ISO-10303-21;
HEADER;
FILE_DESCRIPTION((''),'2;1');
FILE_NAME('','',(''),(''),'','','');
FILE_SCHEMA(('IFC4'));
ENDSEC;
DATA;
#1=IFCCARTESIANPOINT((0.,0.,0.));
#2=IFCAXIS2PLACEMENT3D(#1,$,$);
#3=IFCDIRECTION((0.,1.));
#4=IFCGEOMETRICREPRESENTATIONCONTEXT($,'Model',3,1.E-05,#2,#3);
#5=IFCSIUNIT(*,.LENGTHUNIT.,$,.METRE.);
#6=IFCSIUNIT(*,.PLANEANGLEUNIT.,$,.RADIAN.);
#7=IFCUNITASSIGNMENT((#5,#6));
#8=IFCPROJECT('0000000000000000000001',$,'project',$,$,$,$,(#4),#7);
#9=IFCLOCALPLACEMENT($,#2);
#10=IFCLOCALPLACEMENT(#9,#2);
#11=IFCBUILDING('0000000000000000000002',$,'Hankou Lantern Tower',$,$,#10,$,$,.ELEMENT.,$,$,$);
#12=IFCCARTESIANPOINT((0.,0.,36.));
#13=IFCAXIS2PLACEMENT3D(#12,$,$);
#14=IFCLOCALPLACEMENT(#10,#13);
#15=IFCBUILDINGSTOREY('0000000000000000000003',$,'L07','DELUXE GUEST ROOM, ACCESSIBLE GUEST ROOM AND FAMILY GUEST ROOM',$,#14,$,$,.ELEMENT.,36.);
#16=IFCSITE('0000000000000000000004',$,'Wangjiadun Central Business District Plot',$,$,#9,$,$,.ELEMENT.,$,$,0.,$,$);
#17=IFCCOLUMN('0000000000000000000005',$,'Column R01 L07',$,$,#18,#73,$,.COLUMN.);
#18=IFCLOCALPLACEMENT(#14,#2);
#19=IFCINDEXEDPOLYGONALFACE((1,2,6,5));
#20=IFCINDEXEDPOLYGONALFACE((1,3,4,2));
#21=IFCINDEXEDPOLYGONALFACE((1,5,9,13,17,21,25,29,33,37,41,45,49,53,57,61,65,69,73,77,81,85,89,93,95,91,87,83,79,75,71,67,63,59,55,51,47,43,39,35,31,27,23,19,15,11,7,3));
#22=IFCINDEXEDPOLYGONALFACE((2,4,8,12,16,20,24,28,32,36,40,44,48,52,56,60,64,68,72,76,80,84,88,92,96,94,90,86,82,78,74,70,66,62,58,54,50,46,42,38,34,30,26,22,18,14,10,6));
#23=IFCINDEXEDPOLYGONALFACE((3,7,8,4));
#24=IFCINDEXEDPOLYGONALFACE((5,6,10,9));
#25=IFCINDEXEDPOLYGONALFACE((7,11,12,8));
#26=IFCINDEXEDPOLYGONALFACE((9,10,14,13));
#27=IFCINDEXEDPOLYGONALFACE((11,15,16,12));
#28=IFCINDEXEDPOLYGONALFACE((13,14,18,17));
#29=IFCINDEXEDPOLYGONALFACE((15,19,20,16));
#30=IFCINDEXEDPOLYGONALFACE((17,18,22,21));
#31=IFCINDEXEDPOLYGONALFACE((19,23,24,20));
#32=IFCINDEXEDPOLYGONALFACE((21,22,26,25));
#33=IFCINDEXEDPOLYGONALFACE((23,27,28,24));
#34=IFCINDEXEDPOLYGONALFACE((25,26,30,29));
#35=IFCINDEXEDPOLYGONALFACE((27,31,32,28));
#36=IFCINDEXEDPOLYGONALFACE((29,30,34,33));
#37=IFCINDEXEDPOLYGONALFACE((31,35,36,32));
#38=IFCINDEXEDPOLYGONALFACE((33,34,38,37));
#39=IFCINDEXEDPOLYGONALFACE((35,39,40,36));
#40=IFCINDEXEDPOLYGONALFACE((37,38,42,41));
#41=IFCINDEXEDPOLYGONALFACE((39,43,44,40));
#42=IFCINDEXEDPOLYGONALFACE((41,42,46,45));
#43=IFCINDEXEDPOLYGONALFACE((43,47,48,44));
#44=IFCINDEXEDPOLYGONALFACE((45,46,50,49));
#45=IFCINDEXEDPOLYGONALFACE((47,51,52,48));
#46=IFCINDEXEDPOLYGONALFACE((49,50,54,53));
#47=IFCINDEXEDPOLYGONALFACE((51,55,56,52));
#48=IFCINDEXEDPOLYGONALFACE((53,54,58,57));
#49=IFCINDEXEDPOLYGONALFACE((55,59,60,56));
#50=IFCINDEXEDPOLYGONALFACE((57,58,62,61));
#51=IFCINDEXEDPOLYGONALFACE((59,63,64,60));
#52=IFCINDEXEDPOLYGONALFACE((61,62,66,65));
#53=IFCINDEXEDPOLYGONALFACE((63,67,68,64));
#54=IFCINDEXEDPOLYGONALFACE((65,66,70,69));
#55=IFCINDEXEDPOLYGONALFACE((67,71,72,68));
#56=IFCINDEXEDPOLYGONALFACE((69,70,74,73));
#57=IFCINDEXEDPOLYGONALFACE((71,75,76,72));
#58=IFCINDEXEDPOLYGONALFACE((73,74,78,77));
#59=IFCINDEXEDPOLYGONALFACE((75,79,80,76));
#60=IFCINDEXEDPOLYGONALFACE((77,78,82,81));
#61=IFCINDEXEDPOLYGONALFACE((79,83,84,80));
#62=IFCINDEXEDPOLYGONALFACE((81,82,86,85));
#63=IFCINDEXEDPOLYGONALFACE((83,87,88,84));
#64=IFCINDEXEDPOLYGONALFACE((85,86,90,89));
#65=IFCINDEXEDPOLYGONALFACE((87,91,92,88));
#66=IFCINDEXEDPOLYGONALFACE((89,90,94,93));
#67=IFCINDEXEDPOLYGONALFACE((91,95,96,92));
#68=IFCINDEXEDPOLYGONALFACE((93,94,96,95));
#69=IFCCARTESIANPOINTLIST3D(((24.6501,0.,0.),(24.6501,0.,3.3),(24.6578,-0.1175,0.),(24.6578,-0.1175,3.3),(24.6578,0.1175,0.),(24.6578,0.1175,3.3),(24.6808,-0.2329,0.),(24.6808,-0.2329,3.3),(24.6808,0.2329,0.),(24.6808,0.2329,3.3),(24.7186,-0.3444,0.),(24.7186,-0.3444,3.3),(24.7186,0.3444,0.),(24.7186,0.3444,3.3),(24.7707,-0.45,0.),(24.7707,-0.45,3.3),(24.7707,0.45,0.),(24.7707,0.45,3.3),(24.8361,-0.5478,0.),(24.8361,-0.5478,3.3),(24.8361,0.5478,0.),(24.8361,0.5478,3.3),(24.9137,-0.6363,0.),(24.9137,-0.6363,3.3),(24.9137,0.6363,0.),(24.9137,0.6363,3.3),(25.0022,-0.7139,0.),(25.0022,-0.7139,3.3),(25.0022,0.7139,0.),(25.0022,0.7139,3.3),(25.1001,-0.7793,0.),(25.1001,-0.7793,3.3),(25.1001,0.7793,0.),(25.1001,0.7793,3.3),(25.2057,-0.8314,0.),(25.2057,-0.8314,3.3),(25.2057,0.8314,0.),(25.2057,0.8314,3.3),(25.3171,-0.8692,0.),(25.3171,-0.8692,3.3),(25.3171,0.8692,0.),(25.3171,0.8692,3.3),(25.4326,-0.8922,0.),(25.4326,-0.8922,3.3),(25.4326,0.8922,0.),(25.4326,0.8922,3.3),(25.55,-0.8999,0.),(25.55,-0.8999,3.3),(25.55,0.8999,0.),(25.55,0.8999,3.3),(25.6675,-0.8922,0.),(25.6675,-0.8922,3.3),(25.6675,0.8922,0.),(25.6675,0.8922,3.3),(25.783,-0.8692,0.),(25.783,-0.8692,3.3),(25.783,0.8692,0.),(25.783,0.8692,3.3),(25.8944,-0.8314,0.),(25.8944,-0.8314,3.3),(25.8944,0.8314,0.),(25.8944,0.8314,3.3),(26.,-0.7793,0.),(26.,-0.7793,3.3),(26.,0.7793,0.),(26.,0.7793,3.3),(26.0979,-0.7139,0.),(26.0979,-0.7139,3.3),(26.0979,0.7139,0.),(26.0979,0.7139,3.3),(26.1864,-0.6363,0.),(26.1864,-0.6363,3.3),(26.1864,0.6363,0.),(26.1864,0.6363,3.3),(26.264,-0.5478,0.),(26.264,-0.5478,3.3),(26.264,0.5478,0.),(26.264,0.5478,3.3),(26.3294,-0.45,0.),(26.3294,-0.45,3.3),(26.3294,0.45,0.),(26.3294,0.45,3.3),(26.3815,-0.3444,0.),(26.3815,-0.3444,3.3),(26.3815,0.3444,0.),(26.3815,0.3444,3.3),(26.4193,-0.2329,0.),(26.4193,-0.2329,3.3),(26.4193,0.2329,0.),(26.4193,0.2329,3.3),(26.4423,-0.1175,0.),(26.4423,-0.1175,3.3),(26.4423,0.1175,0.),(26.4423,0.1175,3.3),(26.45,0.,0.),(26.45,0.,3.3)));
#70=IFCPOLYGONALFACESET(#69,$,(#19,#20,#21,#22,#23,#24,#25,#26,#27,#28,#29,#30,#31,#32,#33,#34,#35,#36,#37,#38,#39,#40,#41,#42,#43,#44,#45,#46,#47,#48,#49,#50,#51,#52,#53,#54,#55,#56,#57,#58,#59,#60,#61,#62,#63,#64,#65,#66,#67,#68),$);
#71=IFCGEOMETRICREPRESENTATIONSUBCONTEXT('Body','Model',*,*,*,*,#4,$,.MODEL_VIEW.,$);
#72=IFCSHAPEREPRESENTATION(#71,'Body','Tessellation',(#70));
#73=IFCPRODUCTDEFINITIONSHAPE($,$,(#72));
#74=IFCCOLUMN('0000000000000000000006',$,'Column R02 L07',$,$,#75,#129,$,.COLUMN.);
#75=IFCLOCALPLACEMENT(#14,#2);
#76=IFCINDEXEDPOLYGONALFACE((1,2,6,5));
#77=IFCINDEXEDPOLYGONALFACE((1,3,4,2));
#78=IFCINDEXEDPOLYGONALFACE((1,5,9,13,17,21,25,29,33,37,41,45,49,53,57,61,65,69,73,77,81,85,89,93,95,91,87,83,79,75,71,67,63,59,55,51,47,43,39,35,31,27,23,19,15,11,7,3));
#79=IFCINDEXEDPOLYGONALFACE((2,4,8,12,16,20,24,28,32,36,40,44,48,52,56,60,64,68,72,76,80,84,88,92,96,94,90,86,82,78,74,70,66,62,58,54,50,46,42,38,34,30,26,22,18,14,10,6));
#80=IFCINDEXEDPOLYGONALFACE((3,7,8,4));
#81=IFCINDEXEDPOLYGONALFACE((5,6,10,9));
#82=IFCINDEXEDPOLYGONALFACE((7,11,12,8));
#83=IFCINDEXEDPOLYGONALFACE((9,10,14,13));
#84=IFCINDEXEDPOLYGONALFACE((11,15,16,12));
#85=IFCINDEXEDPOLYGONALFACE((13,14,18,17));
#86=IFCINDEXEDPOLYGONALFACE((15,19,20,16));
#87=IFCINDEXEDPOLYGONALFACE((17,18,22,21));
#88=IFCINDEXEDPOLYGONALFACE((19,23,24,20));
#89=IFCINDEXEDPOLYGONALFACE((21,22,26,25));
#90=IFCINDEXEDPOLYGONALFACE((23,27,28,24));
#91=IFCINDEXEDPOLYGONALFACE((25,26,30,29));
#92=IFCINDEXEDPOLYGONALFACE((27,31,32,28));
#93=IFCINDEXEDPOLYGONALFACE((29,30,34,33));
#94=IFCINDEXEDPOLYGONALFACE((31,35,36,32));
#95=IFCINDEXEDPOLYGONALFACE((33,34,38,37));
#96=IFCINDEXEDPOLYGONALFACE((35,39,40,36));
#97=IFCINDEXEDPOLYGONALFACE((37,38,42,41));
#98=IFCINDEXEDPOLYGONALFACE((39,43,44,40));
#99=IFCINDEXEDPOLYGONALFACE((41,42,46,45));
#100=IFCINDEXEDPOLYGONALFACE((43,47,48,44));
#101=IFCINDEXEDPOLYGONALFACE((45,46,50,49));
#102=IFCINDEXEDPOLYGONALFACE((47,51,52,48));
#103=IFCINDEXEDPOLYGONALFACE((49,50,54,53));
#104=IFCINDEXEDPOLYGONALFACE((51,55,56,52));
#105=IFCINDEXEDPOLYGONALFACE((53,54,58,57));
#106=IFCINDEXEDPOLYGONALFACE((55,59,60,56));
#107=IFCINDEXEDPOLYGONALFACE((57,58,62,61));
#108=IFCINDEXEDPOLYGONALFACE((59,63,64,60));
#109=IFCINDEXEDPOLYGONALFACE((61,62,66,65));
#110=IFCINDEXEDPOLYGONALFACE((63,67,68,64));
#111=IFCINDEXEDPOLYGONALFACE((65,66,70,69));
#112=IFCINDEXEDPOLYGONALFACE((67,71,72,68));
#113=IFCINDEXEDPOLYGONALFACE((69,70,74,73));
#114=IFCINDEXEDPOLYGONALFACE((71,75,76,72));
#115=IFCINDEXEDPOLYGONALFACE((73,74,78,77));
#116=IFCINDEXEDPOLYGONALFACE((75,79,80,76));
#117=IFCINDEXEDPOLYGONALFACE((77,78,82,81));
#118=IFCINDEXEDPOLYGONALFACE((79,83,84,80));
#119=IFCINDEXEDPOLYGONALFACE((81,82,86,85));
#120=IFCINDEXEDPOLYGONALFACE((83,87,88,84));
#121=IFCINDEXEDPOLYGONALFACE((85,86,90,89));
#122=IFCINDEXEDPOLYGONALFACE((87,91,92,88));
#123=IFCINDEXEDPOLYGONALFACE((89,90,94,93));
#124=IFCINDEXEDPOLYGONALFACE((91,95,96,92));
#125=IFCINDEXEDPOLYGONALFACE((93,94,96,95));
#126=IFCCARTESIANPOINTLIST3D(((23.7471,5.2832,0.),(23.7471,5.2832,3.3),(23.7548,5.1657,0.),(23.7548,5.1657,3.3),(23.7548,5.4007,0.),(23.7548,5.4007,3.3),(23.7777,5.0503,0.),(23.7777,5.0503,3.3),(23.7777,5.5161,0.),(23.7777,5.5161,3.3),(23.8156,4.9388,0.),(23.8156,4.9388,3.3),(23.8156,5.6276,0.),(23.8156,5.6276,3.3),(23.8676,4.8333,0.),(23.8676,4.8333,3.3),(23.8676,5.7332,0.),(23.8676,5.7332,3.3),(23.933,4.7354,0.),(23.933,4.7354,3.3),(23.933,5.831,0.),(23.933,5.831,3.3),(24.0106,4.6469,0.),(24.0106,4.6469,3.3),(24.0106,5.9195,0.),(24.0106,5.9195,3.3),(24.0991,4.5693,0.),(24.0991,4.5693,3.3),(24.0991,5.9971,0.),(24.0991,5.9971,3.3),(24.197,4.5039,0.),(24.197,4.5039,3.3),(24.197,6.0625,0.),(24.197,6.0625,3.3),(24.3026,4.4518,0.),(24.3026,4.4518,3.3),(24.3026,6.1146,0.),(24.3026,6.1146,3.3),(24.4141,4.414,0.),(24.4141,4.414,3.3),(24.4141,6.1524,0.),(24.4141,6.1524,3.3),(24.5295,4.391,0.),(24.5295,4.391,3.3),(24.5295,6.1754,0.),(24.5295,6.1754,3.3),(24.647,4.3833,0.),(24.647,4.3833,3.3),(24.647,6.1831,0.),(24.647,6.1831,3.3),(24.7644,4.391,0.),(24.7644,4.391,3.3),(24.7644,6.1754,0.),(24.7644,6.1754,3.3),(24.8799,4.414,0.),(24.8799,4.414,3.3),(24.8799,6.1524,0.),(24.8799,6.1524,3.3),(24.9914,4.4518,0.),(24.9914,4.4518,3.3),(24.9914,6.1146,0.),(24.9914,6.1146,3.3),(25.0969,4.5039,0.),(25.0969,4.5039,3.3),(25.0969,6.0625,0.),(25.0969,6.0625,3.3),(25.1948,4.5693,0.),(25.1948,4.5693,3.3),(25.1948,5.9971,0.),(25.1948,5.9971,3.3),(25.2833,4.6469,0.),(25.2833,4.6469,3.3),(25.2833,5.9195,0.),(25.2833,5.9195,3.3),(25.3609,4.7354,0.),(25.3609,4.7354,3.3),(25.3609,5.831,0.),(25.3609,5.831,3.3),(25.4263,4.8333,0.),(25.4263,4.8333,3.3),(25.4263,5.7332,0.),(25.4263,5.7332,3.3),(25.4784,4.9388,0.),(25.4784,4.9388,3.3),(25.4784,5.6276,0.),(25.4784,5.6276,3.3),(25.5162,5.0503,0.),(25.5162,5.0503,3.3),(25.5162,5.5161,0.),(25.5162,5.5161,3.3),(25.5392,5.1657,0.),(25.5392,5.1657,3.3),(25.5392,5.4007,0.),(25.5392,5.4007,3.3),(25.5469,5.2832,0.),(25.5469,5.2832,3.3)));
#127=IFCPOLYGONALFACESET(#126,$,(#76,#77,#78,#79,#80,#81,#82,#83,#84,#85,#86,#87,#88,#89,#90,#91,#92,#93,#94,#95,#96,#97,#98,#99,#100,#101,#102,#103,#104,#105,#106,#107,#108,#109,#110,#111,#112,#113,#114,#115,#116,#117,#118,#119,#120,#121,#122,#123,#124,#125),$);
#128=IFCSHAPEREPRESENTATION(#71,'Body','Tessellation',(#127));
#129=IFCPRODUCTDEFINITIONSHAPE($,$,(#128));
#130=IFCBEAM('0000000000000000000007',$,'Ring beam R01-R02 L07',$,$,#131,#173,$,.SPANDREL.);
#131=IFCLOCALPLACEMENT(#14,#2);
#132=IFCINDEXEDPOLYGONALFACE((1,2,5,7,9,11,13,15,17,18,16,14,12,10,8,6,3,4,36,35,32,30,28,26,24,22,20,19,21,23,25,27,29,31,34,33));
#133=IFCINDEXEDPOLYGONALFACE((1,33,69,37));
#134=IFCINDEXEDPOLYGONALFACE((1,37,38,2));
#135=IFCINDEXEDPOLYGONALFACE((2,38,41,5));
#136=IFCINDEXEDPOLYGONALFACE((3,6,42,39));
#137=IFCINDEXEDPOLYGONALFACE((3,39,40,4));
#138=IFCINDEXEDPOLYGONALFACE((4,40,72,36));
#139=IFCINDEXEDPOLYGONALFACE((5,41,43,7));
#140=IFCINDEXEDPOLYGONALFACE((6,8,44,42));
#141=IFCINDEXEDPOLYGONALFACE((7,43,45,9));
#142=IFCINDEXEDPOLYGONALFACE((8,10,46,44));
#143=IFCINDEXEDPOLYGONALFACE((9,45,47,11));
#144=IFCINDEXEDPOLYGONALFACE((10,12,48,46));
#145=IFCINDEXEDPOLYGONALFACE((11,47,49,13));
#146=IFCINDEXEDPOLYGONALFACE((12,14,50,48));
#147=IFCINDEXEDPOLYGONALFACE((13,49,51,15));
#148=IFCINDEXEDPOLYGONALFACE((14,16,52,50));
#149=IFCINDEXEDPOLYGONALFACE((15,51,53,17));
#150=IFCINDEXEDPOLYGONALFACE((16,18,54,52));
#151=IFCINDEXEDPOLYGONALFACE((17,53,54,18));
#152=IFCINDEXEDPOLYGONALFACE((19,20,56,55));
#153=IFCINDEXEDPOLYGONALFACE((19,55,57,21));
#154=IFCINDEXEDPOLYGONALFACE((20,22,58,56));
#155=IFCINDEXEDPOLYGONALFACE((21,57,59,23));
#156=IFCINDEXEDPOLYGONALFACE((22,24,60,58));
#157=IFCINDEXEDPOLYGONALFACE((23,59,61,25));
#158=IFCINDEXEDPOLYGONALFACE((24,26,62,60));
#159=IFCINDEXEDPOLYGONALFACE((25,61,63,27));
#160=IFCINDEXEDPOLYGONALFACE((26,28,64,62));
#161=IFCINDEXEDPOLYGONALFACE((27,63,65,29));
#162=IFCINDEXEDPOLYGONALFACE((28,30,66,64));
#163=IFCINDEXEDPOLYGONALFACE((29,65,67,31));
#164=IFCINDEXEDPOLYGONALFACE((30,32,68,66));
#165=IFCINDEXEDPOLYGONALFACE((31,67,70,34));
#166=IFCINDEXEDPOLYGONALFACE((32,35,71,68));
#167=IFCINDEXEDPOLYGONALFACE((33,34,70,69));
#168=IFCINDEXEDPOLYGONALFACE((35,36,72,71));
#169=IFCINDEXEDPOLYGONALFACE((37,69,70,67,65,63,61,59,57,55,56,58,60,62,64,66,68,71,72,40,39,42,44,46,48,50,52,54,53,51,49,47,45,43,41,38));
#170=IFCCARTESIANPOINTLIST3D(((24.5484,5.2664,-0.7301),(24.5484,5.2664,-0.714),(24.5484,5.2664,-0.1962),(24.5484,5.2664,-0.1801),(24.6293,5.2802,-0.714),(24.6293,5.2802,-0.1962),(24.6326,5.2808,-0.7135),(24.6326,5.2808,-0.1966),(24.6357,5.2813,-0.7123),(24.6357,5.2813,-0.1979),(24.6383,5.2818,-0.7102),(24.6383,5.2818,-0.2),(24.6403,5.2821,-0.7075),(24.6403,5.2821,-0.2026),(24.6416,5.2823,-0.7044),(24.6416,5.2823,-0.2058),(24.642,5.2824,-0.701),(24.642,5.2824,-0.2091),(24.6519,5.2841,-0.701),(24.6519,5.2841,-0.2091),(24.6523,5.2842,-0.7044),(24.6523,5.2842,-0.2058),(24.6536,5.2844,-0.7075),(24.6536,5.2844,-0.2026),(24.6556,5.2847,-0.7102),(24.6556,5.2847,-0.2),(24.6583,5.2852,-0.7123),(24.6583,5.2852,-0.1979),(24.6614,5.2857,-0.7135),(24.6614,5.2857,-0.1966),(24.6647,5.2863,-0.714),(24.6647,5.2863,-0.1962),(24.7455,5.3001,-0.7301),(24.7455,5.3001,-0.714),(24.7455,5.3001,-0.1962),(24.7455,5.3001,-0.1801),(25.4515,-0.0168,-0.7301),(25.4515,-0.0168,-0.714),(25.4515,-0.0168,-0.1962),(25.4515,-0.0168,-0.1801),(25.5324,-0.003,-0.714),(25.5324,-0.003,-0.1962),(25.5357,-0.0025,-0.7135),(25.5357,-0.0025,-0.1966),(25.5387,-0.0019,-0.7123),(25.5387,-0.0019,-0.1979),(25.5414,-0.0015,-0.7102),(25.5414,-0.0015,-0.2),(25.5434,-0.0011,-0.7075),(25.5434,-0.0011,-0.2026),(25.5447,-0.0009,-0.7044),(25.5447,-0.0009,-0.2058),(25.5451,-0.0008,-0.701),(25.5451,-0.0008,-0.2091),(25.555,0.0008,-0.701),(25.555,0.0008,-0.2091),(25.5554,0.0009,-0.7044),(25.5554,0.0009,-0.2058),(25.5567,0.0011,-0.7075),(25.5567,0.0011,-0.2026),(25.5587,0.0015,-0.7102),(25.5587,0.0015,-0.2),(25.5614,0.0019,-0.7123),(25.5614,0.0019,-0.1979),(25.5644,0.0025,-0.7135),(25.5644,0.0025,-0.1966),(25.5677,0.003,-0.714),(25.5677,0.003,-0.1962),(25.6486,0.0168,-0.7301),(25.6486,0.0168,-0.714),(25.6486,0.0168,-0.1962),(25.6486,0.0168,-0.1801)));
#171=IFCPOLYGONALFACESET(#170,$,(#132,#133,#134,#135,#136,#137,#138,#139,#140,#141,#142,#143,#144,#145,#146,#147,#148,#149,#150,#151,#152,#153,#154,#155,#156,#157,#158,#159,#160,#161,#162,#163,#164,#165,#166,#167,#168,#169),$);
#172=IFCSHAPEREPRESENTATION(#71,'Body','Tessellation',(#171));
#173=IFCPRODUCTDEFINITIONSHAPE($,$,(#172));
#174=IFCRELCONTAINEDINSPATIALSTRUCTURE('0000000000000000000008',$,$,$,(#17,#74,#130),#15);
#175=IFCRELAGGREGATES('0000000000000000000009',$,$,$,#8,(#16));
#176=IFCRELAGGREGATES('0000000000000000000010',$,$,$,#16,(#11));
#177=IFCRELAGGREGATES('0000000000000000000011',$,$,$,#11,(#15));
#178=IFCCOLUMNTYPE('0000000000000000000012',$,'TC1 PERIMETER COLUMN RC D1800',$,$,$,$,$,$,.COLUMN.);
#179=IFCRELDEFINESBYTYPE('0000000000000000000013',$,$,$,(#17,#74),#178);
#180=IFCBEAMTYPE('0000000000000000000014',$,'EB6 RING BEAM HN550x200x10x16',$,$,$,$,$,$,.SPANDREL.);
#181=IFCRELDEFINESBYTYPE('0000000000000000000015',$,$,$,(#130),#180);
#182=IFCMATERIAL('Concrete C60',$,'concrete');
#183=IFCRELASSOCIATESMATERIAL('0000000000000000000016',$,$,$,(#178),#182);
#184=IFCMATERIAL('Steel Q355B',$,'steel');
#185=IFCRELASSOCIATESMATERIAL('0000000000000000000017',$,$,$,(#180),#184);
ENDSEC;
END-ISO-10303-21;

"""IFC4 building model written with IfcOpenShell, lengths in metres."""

from ifc_helpers import new_model, si_unit, direction, frame, origin, origin_2d, place, context, subcontext, project, spatial, circle, i_section, extrude, material, material_profile, profile_set, type_object, element, save


model = new_model("IFC4")

# Units and contexts
model_context = context("Model", 3, precision=1e-05, world=origin(), true_north=direction((0.0, 1.0)))
body_context = subcontext(model_context, "Body", "Model", "MODEL_VIEW")
ifc_project = project(units=[si_unit("LENGTHUNIT", "METRE"), si_unit("PLANEANGLEUNIT", "RADIAN")], contexts=[model_context])

# Site, building, storey
site_placement = place(None, origin())
site = spatial("IfcSite", under=ifc_project, at=site_placement, Name="Wangjiadun Central Business District Plot", CompositionType="ELEMENT", RefElevation=0.0)
building_placement = place(site_placement, origin())
building = spatial("IfcBuilding", under=site, at=building_placement, Name="Hankou Lantern Tower", CompositionType="ELEMENT")
storey_placement = place(building_placement, frame((0.0, 0.0, 36.0)))
storey = spatial("IfcBuildingStorey", under=building, at=storey_placement, Name="L07", Description="DELUXE GUEST ROOM, ACCESSIBLE GUEST ROOM AND FAMILY GUEST ROOM", CompositionType="ELEMENT", Elevation=36.0)

# Columns
ifc_material_1 = material(Name="Concrete C60", Category="concrete")
ifc_material_profile_1 = material_profile(ifc_material_1, circle(Radius=0.8999, at=origin_2d()), Name="RC D1800")
ifc_profile_set_1 = profile_set([ifc_material_profile_1], Name="Concrete C60")
column_type = type_object("IfcColumnType", Name="TC1 PERIMETER COLUMN RC D1800", PredefinedType="COLUMN", material=ifc_profile_set_1)
for number, where, z_axis, x_axis, name in (
    (1, (25.55, 0.0, 0.0), (0.0, 0.0, 1.0), (1.0, 0.0, 0.0), "Column R01 L07"),
    (2, (24.647, 5.2832, 0.0), (0.0, 0.0, 1.0), (1.0, 0.0, 0.0), "Column R02 L07"),
):
    element("IfcColumn", number, at=place(storey_placement, frame(where, z_axis=z_axis, x_axis=x_axis)), inside=storey, type_object=column_type, Name=name, PredefinedType="COLUMN", context=body_context, shape_type="SweptSolid", body=[
        extrude(circle(Radius=0.8999, at=origin_2d()), origin(), (0.0, 0.0, 1.0), 3.3),
    ])

# Beam
ifc_material_2 = material(Name="Steel Q355B", Category="steel")
ifc_material_profile_2 = material_profile(ifc_material_2, i_section(OverallWidth=0.2, OverallDepth=0.55, WebThickness=0.01, FlangeThickness=0.0161, FilletRadius=0.0129, at=origin_2d()), Name="HN550x200x10x16")
ifc_profile_set_2 = profile_set([ifc_material_profile_2], Name="Steel Q355B")
beam_type = type_object("IfcBeamType", Name="EB6 RING BEAM HN550x200x10x16", PredefinedType="SPANDREL", material=ifc_profile_set_2)
beam_1_placement = place(storey_placement, frame((25.55, 0.0, -0.4551), z_axis=(-0.16849, 0.985703, 0.0), x_axis=(-0.985703, -0.16849, 0.0)))
element("IfcBeam", 3, at=beam_1_placement, inside=storey, type_object=beam_type, Name="Ring beam R01-R02 L07", PredefinedType="SPANDREL", context=body_context, shape_type="SweptSolid", body=[
    extrude(i_section(OverallWidth=0.2, OverallDepth=0.55, WebThickness=0.01, FlangeThickness=0.0161, FilletRadius=0.0129, at=origin_2d()), origin(), (0.0, 0.0, 1.0), 5.3599),
])

save(model, "model.ifc")
